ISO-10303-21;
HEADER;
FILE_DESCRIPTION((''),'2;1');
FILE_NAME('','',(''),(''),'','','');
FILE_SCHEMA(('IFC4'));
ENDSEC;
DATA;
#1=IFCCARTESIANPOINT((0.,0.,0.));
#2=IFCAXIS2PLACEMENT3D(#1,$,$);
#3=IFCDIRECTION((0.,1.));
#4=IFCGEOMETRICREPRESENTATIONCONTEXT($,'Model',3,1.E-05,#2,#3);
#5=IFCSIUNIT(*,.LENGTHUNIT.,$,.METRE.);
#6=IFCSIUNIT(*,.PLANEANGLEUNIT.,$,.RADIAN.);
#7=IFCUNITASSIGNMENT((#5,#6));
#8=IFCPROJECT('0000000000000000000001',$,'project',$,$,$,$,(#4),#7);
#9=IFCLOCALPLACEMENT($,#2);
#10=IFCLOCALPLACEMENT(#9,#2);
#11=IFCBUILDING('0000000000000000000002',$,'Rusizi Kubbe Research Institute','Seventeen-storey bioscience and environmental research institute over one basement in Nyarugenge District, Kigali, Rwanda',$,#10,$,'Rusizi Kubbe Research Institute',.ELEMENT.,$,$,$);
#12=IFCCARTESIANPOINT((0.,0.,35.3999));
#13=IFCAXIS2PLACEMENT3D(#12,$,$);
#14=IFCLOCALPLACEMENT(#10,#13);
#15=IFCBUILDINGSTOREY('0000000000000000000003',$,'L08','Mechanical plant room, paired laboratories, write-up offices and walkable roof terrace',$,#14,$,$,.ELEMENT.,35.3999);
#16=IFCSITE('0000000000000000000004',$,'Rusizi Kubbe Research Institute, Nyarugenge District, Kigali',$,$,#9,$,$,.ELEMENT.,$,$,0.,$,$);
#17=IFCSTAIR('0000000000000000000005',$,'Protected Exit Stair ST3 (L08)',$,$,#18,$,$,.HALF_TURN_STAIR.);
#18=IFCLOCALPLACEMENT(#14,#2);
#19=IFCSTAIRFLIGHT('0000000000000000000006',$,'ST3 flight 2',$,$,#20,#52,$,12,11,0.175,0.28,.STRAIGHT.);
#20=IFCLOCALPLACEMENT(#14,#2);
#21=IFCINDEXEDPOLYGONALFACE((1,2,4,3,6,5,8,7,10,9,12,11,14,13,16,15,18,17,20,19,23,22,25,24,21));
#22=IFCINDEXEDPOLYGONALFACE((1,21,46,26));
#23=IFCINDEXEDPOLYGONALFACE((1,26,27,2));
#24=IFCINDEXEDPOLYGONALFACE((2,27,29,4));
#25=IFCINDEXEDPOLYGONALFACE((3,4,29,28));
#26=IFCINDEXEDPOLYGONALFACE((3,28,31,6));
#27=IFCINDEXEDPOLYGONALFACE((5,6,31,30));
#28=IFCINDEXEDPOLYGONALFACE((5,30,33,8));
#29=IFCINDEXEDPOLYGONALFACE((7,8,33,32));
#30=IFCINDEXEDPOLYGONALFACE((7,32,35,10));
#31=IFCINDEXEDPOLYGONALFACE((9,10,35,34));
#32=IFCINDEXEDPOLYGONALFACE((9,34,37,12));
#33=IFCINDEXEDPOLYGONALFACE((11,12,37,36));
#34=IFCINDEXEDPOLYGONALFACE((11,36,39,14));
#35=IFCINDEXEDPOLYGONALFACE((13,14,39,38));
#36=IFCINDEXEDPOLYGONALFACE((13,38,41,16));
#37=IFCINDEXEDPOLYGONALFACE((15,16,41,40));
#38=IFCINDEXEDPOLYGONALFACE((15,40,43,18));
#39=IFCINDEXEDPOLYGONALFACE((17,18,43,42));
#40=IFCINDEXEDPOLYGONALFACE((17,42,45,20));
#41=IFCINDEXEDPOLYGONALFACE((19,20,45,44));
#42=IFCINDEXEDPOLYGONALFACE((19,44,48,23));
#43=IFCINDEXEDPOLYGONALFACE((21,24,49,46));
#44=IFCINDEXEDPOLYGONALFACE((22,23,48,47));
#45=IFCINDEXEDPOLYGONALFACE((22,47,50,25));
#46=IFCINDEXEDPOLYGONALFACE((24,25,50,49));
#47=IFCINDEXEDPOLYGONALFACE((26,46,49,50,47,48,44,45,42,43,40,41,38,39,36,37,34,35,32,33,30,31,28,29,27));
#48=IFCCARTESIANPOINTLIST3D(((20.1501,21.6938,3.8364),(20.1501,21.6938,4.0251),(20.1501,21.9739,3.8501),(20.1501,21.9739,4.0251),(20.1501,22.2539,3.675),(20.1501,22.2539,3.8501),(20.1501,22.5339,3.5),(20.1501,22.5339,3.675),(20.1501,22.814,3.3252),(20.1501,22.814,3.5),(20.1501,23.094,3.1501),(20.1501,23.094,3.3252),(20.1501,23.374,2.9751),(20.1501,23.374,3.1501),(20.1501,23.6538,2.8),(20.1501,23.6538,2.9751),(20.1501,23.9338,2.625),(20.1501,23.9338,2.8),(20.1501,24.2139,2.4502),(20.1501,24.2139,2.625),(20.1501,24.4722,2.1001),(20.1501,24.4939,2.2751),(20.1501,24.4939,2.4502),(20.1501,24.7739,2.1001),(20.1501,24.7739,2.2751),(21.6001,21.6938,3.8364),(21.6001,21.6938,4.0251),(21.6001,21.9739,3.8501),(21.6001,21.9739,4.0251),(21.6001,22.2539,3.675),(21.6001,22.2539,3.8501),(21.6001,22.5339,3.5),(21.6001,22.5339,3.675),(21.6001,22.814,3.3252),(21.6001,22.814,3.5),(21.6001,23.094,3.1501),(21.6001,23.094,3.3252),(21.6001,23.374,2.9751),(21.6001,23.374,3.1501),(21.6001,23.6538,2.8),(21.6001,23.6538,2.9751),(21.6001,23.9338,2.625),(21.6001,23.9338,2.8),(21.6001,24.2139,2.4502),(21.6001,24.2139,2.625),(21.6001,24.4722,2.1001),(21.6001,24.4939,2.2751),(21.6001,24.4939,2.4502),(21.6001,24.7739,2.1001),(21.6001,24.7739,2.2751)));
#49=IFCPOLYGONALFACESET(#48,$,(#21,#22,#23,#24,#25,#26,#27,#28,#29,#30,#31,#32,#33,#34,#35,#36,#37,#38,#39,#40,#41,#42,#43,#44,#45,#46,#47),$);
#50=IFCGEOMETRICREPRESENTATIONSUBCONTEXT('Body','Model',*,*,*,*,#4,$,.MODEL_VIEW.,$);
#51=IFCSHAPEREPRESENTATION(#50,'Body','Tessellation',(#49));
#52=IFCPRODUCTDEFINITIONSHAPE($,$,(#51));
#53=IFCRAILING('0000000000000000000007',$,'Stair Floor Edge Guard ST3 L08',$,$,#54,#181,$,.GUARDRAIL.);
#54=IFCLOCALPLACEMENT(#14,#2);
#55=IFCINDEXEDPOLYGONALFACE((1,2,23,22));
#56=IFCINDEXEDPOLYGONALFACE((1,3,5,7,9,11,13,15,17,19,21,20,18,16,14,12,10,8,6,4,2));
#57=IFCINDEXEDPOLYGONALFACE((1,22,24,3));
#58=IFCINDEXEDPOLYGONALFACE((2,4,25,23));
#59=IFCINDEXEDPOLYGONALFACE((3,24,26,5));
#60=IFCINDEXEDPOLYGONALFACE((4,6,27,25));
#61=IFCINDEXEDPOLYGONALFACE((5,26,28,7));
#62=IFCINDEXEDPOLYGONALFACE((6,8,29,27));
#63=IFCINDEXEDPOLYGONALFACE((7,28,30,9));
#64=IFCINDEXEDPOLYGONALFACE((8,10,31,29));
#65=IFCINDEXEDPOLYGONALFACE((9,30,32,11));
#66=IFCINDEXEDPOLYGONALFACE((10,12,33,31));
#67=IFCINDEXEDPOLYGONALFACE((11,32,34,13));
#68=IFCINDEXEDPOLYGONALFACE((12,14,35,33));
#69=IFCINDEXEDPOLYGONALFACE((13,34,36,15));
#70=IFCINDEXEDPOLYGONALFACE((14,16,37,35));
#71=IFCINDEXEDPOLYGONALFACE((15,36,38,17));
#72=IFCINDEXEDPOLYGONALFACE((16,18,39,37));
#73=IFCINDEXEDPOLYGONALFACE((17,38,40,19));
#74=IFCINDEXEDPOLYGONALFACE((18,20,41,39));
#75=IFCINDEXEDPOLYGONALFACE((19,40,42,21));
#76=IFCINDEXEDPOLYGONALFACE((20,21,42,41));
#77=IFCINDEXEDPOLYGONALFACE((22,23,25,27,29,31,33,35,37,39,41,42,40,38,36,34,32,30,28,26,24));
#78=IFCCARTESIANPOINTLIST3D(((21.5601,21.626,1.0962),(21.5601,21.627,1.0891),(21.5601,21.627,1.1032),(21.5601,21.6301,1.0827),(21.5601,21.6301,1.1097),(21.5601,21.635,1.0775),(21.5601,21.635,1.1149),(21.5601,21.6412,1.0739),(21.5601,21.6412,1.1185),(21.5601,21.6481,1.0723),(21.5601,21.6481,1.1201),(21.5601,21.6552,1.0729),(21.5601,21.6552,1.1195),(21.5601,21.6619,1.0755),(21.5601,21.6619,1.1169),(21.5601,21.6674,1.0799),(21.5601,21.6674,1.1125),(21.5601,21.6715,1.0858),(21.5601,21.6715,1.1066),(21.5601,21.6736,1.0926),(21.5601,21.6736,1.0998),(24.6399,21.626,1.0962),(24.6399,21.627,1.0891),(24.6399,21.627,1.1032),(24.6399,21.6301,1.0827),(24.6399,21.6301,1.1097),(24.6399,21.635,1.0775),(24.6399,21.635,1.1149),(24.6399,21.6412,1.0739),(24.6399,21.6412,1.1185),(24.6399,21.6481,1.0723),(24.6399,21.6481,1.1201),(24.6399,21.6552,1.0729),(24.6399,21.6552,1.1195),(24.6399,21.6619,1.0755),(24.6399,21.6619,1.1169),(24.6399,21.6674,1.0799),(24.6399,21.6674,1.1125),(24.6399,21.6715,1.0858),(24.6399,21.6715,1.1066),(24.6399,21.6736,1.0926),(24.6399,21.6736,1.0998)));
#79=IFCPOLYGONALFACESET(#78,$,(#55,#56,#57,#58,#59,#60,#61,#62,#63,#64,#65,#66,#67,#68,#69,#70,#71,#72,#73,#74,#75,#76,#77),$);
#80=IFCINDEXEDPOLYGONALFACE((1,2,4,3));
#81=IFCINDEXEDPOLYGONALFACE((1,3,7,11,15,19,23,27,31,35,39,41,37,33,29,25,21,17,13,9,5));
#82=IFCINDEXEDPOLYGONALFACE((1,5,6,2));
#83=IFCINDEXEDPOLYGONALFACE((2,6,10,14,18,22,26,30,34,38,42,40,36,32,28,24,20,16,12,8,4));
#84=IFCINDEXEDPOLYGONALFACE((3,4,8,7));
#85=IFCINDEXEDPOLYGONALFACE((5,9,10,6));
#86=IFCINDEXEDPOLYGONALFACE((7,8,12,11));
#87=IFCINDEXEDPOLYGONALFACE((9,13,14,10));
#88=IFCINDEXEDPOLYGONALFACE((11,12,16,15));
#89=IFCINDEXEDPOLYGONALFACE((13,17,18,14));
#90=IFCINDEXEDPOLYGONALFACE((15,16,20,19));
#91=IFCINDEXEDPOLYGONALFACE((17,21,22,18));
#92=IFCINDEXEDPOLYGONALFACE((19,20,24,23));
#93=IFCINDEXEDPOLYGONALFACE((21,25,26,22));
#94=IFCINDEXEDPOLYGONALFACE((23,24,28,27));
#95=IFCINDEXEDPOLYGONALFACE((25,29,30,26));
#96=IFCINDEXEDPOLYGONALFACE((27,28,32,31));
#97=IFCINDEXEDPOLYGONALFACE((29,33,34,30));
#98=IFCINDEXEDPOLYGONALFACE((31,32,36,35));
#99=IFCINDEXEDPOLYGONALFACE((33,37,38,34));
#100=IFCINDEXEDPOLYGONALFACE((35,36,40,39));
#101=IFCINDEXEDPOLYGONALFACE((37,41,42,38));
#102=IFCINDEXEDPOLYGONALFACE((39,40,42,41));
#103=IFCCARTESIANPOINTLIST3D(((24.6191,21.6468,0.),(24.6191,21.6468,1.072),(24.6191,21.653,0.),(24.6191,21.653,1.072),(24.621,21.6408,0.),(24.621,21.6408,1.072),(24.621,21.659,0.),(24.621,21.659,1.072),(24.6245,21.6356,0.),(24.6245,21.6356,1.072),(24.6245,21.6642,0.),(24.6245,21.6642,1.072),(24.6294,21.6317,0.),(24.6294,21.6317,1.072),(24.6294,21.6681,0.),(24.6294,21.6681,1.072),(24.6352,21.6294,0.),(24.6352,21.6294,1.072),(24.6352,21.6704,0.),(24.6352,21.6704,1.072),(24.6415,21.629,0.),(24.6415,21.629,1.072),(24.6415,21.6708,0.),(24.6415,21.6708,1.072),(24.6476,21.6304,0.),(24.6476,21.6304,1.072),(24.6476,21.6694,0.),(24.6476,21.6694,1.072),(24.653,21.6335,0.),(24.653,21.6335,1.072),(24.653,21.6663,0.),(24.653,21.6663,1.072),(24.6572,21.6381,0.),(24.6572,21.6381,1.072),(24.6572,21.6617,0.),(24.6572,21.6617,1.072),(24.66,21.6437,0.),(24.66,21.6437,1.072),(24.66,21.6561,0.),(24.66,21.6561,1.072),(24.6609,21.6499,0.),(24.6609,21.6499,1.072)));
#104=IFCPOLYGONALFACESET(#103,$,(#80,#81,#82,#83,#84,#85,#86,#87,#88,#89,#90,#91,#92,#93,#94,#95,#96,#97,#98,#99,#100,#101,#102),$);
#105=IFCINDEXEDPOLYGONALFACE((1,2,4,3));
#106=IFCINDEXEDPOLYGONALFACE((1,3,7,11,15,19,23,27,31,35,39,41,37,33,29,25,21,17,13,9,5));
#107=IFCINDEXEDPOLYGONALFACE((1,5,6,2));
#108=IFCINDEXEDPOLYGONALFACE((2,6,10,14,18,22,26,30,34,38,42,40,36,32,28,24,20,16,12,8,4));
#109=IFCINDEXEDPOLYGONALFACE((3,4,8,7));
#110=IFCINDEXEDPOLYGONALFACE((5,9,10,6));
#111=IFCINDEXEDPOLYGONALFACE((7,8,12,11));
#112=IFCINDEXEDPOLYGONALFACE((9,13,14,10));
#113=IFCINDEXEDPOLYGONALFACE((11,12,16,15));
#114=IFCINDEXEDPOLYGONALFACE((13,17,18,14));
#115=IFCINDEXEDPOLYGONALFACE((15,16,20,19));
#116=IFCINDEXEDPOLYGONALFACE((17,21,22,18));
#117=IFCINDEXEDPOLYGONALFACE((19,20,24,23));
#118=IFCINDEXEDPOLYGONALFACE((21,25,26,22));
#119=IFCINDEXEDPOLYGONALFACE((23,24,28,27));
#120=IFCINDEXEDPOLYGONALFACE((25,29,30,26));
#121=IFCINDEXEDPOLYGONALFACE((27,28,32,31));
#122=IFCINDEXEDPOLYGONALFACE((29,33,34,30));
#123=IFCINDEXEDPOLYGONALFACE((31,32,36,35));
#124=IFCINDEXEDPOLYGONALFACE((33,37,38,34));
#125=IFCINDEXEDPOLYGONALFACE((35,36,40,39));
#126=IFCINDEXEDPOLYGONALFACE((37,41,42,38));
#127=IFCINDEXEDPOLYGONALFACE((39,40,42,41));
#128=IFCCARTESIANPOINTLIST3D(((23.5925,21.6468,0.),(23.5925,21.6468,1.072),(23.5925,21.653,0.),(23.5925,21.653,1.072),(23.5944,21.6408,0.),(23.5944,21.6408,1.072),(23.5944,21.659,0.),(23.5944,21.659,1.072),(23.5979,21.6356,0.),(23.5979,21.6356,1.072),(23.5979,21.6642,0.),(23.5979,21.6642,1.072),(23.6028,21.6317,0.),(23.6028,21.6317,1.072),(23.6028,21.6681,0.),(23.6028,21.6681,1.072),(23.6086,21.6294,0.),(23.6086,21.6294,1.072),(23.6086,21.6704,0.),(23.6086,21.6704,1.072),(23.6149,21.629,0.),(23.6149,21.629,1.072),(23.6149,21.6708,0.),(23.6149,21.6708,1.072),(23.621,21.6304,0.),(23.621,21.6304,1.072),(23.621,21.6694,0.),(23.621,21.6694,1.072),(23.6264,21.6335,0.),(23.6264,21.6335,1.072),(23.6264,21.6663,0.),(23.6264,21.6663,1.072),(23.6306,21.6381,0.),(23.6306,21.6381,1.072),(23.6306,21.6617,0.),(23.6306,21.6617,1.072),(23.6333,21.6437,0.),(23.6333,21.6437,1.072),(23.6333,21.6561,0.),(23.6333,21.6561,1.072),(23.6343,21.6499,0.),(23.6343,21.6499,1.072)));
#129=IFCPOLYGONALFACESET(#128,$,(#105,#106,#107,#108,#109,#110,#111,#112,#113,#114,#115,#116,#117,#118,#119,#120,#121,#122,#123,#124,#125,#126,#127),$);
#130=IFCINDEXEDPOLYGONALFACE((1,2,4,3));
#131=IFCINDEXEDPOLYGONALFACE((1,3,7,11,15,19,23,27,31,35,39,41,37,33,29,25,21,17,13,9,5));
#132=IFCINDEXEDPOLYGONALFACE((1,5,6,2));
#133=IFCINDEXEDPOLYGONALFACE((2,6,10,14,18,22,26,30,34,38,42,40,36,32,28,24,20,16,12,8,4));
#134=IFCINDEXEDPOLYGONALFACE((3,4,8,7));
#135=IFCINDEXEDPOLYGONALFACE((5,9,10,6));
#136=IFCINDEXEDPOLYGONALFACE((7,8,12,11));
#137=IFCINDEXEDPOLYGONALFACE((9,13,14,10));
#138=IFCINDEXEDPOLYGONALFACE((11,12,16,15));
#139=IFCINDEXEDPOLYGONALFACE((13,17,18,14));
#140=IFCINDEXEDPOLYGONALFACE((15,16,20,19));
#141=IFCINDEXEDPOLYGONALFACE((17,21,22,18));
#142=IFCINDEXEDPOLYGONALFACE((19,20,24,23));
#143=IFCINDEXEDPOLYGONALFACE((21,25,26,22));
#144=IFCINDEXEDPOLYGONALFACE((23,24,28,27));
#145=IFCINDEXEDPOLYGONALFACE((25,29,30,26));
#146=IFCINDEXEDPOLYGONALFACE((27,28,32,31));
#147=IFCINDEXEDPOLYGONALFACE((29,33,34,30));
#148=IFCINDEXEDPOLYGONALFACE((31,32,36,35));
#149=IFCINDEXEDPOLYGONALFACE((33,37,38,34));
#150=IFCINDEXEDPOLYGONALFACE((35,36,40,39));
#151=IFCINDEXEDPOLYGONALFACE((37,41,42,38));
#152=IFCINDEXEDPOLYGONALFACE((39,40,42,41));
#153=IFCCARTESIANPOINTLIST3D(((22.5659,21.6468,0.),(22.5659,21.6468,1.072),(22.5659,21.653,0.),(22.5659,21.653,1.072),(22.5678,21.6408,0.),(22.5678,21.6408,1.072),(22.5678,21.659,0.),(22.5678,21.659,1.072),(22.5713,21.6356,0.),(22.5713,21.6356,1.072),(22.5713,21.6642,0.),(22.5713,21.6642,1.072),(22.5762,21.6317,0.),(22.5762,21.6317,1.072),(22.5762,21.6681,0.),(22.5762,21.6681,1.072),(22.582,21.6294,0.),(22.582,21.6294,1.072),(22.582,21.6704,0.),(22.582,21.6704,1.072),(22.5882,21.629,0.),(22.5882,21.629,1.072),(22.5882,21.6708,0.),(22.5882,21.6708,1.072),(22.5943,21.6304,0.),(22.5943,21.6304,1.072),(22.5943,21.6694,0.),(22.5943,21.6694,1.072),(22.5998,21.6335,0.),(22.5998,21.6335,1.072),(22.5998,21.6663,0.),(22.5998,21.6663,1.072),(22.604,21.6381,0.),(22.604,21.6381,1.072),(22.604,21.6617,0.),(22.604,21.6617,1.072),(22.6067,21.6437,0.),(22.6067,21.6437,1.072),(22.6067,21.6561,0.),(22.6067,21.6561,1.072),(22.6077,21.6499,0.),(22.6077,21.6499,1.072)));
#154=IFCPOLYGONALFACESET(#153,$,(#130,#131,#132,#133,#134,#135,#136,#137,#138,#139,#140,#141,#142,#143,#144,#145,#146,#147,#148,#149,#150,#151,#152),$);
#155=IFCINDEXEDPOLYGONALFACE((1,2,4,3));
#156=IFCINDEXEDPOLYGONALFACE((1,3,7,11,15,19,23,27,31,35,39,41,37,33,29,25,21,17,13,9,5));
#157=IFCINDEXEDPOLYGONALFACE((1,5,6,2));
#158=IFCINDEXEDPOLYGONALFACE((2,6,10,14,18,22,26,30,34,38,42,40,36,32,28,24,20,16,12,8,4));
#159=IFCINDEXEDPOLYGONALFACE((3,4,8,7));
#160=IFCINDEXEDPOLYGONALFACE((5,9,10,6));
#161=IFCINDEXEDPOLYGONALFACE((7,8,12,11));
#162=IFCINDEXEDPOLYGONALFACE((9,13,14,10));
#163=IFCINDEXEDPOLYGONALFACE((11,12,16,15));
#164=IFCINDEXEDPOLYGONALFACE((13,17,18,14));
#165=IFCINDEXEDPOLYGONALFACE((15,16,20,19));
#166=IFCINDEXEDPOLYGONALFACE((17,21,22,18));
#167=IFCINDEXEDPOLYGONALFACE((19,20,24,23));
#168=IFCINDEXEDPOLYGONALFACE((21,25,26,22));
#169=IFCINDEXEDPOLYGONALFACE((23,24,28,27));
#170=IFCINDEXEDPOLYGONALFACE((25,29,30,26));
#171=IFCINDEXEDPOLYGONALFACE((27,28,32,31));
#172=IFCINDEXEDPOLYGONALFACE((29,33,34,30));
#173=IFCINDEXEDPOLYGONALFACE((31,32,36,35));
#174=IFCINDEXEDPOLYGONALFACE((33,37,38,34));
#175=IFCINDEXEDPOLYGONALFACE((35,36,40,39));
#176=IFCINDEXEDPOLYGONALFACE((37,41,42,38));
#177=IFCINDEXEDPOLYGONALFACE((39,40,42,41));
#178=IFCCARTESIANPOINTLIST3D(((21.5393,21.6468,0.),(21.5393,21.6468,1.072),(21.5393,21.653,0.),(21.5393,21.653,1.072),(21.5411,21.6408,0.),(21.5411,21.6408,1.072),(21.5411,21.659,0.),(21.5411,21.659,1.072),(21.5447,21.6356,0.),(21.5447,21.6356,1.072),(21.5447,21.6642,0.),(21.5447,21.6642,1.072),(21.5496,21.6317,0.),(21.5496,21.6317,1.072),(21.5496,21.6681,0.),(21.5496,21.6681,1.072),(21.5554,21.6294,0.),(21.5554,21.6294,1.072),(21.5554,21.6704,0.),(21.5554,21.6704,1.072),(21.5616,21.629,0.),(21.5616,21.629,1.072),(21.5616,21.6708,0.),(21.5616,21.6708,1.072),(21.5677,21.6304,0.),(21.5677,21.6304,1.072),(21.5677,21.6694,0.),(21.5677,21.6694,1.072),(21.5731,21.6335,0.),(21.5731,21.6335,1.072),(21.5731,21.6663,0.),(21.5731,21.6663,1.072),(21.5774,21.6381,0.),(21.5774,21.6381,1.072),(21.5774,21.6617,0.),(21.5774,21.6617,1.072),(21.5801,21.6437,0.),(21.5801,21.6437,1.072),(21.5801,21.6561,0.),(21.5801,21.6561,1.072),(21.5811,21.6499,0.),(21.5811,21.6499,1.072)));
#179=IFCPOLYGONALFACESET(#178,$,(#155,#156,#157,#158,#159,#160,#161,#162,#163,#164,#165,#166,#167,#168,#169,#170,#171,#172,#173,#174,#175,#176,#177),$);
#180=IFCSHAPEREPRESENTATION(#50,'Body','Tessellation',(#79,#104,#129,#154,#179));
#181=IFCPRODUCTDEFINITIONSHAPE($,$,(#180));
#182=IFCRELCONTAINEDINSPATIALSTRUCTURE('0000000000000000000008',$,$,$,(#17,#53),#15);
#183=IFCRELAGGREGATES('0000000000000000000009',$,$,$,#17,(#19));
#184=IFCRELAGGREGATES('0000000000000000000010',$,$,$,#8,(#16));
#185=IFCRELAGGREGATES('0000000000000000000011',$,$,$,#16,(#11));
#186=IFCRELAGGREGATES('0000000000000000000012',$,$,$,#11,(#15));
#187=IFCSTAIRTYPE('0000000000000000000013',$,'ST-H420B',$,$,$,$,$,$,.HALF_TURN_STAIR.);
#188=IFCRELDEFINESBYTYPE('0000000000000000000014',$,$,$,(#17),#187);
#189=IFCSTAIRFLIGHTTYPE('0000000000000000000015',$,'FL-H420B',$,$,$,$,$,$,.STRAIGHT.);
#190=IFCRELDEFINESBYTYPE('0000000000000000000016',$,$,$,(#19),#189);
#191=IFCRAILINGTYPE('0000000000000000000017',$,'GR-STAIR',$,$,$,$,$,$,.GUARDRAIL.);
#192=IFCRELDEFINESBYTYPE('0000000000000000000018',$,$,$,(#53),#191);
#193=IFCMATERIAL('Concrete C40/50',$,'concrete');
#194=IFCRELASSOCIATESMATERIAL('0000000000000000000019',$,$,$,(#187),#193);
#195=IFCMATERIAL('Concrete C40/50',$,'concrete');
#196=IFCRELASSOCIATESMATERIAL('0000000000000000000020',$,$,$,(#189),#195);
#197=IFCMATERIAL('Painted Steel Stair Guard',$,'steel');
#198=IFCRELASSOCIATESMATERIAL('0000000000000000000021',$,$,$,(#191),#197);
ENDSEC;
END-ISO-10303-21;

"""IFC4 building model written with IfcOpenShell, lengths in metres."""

from ifc_helpers import new_model, si_unit, direction, frame, origin, origin_2d, place, context, subcontext, project, spatial, polyline, circle, outline, extrude, material, type_object, element, aggregate, save


model = new_model("IFC4")

# Units and contexts
model_context = context("Model", 3, precision=1e-05, world=origin(), true_north=direction((0.0, 1.0)))
body_context = subcontext(model_context, "Body", "Model", "MODEL_VIEW")
ifc_project = project(units=[si_unit("LENGTHUNIT", "METRE"), si_unit("PLANEANGLEUNIT", "RADIAN")], contexts=[model_context])

# Site, building, storey
site_placement = place(None, origin())
site = spatial("IfcSite", under=ifc_project, at=site_placement, Name="Rusizi Kubbe Research Institute, Nyarugenge District, Kigali", CompositionType="ELEMENT", RefElevation=0.0)
building_placement = place(site_placement, origin())
building = spatial("IfcBuilding", under=site, at=building_placement, Name="Rusizi Kubbe Research Institute", Description="Seventeen-storey bioscience and environmental research institute over one basement in Nyarugenge District, Kigali, Rwanda", LongName="Rusizi Kubbe Research Institute", CompositionType="ELEMENT")
storey_placement = place(building_placement, frame((0.0, 0.0, 35.3999)))
storey = spatial("IfcBuildingStorey", under=building, at=storey_placement, Name="L08", Description="Mechanical plant room, paired laboratories, write-up offices and walkable roof terrace", CompositionType="ELEMENT", Elevation=35.3999)

# Stair, stair flight
ifc_material_1 = material(Name="Concrete C40/50", Category="concrete")
stair_type = type_object("IfcStairType", Name="ST-H420B", PredefinedType="HALF_TURN_STAIR", material=ifc_material_1)
stair_placement = place(storey_placement, origin())
stair = element("IfcStair", 1, at=stair_placement, inside=storey, type_object=stair_type, Name="Protected Exit Stair ST3 (L08)", PredefinedType="HALF_TURN_STAIR")
ifc_material_2 = material(Name="Concrete C40/50", Category="concrete")
stair_flight_type = type_object("IfcStairFlightType", Name="FL-H420B", PredefinedType="STRAIGHT", material=ifc_material_2)
stair_flight_1_placement = place(storey_placement, frame((20.875, 24.7739, 2.1001), z_axis=(0.0, 0.0, 1.0), x_axis=(0.0, -1.0, 0.0)))
stair_flight_1 = element("IfcStairFlight", 2, at=stair_flight_1_placement, type_object=stair_flight_type, Name="ST3 flight 2", NumberOfRisers=12, NumberOfTreads=11, PredefinedType="STRAIGHT", RiserHeight=0.175, TreadLength=0.28, context=body_context, shape_type="SweptSolid", body=[
    extrude(outline(polyline([(0.0, 0.0), (0.0, 0.175), (0.28, 0.175), (0.28, 0.3501), (0.5601, 0.3501), (0.5601, 0.5249), (0.8401, 0.5249), (0.8401, 0.7), (1.1201, 0.7), (1.1201, 0.875), (1.3999, 0.875), (1.3999, 1.05), (1.6799, 1.05), (1.6799, 1.2251), (1.96, 1.2251), (1.96, 1.3999), (2.24, 1.3999), (2.24, 1.575), (2.52, 1.575), (2.52, 1.75), (2.8, 1.75), (2.8, 1.925), (3.0801, 1.925), (3.0801, 2.1001), (3.0801, 1.7363), (0.3018, 0.0), (0.0, 0.0)])), frame((0.0, 0.7251, 0.0), z_axis=(0.0, -1.0, 0.0), x_axis=(1.0, 0.0, 0.0)), (0.0, 0.0, 1.0), 1.45),
])
aggregate(stair, [stair_flight_1])

# Railing
ifc_material_3 = material(Name="Painted Steel Stair Guard", Category="steel")
railing_type_1 = type_object("IfcRailingType", Name="GR-STAIR", PredefinedType="GUARDRAIL", material=ifc_material_3)
railing_1_placement = place(storey_placement, frame((24.6399, 21.6499, 0.0)))
element("IfcRailing", 3, at=railing_1_placement, inside=storey, type_object=railing_type_1, Name="Stair Floor Edge Guard ST3 L08", PredefinedType="GUARDRAIL", context=body_context, shape_type="SweptSolid", body=[
    extrude(circle(Radius=0.0239, at=origin_2d()), frame((0.0, 0.0, 1.0962), z_axis=(-1.0, 0.0, 0.0), x_axis=(0.0, -1.0, 0.0)), (0.0, 0.0, 1.0), 3.0798),
    extrude(circle(Radius=0.021, at=origin_2d()), origin(), (0.0, 0.0, 1.0), 1.072),
    extrude(circle(Radius=0.021, at=origin_2d()), frame((-1.0266, 0.0, 0.0)), (0.0, 0.0, 1.0), 1.072),
    extrude(circle(Radius=0.021, at=origin_2d()), frame((-2.0532, 0.0, 0.0)), (0.0, 0.0, 1.0), 1.072),
    extrude(circle(Radius=0.021, at=origin_2d()), frame((-3.0798, 0.0, 0.0)), (0.0, 0.0, 1.0), 1.072),
])

save(model, "model.ifc")
